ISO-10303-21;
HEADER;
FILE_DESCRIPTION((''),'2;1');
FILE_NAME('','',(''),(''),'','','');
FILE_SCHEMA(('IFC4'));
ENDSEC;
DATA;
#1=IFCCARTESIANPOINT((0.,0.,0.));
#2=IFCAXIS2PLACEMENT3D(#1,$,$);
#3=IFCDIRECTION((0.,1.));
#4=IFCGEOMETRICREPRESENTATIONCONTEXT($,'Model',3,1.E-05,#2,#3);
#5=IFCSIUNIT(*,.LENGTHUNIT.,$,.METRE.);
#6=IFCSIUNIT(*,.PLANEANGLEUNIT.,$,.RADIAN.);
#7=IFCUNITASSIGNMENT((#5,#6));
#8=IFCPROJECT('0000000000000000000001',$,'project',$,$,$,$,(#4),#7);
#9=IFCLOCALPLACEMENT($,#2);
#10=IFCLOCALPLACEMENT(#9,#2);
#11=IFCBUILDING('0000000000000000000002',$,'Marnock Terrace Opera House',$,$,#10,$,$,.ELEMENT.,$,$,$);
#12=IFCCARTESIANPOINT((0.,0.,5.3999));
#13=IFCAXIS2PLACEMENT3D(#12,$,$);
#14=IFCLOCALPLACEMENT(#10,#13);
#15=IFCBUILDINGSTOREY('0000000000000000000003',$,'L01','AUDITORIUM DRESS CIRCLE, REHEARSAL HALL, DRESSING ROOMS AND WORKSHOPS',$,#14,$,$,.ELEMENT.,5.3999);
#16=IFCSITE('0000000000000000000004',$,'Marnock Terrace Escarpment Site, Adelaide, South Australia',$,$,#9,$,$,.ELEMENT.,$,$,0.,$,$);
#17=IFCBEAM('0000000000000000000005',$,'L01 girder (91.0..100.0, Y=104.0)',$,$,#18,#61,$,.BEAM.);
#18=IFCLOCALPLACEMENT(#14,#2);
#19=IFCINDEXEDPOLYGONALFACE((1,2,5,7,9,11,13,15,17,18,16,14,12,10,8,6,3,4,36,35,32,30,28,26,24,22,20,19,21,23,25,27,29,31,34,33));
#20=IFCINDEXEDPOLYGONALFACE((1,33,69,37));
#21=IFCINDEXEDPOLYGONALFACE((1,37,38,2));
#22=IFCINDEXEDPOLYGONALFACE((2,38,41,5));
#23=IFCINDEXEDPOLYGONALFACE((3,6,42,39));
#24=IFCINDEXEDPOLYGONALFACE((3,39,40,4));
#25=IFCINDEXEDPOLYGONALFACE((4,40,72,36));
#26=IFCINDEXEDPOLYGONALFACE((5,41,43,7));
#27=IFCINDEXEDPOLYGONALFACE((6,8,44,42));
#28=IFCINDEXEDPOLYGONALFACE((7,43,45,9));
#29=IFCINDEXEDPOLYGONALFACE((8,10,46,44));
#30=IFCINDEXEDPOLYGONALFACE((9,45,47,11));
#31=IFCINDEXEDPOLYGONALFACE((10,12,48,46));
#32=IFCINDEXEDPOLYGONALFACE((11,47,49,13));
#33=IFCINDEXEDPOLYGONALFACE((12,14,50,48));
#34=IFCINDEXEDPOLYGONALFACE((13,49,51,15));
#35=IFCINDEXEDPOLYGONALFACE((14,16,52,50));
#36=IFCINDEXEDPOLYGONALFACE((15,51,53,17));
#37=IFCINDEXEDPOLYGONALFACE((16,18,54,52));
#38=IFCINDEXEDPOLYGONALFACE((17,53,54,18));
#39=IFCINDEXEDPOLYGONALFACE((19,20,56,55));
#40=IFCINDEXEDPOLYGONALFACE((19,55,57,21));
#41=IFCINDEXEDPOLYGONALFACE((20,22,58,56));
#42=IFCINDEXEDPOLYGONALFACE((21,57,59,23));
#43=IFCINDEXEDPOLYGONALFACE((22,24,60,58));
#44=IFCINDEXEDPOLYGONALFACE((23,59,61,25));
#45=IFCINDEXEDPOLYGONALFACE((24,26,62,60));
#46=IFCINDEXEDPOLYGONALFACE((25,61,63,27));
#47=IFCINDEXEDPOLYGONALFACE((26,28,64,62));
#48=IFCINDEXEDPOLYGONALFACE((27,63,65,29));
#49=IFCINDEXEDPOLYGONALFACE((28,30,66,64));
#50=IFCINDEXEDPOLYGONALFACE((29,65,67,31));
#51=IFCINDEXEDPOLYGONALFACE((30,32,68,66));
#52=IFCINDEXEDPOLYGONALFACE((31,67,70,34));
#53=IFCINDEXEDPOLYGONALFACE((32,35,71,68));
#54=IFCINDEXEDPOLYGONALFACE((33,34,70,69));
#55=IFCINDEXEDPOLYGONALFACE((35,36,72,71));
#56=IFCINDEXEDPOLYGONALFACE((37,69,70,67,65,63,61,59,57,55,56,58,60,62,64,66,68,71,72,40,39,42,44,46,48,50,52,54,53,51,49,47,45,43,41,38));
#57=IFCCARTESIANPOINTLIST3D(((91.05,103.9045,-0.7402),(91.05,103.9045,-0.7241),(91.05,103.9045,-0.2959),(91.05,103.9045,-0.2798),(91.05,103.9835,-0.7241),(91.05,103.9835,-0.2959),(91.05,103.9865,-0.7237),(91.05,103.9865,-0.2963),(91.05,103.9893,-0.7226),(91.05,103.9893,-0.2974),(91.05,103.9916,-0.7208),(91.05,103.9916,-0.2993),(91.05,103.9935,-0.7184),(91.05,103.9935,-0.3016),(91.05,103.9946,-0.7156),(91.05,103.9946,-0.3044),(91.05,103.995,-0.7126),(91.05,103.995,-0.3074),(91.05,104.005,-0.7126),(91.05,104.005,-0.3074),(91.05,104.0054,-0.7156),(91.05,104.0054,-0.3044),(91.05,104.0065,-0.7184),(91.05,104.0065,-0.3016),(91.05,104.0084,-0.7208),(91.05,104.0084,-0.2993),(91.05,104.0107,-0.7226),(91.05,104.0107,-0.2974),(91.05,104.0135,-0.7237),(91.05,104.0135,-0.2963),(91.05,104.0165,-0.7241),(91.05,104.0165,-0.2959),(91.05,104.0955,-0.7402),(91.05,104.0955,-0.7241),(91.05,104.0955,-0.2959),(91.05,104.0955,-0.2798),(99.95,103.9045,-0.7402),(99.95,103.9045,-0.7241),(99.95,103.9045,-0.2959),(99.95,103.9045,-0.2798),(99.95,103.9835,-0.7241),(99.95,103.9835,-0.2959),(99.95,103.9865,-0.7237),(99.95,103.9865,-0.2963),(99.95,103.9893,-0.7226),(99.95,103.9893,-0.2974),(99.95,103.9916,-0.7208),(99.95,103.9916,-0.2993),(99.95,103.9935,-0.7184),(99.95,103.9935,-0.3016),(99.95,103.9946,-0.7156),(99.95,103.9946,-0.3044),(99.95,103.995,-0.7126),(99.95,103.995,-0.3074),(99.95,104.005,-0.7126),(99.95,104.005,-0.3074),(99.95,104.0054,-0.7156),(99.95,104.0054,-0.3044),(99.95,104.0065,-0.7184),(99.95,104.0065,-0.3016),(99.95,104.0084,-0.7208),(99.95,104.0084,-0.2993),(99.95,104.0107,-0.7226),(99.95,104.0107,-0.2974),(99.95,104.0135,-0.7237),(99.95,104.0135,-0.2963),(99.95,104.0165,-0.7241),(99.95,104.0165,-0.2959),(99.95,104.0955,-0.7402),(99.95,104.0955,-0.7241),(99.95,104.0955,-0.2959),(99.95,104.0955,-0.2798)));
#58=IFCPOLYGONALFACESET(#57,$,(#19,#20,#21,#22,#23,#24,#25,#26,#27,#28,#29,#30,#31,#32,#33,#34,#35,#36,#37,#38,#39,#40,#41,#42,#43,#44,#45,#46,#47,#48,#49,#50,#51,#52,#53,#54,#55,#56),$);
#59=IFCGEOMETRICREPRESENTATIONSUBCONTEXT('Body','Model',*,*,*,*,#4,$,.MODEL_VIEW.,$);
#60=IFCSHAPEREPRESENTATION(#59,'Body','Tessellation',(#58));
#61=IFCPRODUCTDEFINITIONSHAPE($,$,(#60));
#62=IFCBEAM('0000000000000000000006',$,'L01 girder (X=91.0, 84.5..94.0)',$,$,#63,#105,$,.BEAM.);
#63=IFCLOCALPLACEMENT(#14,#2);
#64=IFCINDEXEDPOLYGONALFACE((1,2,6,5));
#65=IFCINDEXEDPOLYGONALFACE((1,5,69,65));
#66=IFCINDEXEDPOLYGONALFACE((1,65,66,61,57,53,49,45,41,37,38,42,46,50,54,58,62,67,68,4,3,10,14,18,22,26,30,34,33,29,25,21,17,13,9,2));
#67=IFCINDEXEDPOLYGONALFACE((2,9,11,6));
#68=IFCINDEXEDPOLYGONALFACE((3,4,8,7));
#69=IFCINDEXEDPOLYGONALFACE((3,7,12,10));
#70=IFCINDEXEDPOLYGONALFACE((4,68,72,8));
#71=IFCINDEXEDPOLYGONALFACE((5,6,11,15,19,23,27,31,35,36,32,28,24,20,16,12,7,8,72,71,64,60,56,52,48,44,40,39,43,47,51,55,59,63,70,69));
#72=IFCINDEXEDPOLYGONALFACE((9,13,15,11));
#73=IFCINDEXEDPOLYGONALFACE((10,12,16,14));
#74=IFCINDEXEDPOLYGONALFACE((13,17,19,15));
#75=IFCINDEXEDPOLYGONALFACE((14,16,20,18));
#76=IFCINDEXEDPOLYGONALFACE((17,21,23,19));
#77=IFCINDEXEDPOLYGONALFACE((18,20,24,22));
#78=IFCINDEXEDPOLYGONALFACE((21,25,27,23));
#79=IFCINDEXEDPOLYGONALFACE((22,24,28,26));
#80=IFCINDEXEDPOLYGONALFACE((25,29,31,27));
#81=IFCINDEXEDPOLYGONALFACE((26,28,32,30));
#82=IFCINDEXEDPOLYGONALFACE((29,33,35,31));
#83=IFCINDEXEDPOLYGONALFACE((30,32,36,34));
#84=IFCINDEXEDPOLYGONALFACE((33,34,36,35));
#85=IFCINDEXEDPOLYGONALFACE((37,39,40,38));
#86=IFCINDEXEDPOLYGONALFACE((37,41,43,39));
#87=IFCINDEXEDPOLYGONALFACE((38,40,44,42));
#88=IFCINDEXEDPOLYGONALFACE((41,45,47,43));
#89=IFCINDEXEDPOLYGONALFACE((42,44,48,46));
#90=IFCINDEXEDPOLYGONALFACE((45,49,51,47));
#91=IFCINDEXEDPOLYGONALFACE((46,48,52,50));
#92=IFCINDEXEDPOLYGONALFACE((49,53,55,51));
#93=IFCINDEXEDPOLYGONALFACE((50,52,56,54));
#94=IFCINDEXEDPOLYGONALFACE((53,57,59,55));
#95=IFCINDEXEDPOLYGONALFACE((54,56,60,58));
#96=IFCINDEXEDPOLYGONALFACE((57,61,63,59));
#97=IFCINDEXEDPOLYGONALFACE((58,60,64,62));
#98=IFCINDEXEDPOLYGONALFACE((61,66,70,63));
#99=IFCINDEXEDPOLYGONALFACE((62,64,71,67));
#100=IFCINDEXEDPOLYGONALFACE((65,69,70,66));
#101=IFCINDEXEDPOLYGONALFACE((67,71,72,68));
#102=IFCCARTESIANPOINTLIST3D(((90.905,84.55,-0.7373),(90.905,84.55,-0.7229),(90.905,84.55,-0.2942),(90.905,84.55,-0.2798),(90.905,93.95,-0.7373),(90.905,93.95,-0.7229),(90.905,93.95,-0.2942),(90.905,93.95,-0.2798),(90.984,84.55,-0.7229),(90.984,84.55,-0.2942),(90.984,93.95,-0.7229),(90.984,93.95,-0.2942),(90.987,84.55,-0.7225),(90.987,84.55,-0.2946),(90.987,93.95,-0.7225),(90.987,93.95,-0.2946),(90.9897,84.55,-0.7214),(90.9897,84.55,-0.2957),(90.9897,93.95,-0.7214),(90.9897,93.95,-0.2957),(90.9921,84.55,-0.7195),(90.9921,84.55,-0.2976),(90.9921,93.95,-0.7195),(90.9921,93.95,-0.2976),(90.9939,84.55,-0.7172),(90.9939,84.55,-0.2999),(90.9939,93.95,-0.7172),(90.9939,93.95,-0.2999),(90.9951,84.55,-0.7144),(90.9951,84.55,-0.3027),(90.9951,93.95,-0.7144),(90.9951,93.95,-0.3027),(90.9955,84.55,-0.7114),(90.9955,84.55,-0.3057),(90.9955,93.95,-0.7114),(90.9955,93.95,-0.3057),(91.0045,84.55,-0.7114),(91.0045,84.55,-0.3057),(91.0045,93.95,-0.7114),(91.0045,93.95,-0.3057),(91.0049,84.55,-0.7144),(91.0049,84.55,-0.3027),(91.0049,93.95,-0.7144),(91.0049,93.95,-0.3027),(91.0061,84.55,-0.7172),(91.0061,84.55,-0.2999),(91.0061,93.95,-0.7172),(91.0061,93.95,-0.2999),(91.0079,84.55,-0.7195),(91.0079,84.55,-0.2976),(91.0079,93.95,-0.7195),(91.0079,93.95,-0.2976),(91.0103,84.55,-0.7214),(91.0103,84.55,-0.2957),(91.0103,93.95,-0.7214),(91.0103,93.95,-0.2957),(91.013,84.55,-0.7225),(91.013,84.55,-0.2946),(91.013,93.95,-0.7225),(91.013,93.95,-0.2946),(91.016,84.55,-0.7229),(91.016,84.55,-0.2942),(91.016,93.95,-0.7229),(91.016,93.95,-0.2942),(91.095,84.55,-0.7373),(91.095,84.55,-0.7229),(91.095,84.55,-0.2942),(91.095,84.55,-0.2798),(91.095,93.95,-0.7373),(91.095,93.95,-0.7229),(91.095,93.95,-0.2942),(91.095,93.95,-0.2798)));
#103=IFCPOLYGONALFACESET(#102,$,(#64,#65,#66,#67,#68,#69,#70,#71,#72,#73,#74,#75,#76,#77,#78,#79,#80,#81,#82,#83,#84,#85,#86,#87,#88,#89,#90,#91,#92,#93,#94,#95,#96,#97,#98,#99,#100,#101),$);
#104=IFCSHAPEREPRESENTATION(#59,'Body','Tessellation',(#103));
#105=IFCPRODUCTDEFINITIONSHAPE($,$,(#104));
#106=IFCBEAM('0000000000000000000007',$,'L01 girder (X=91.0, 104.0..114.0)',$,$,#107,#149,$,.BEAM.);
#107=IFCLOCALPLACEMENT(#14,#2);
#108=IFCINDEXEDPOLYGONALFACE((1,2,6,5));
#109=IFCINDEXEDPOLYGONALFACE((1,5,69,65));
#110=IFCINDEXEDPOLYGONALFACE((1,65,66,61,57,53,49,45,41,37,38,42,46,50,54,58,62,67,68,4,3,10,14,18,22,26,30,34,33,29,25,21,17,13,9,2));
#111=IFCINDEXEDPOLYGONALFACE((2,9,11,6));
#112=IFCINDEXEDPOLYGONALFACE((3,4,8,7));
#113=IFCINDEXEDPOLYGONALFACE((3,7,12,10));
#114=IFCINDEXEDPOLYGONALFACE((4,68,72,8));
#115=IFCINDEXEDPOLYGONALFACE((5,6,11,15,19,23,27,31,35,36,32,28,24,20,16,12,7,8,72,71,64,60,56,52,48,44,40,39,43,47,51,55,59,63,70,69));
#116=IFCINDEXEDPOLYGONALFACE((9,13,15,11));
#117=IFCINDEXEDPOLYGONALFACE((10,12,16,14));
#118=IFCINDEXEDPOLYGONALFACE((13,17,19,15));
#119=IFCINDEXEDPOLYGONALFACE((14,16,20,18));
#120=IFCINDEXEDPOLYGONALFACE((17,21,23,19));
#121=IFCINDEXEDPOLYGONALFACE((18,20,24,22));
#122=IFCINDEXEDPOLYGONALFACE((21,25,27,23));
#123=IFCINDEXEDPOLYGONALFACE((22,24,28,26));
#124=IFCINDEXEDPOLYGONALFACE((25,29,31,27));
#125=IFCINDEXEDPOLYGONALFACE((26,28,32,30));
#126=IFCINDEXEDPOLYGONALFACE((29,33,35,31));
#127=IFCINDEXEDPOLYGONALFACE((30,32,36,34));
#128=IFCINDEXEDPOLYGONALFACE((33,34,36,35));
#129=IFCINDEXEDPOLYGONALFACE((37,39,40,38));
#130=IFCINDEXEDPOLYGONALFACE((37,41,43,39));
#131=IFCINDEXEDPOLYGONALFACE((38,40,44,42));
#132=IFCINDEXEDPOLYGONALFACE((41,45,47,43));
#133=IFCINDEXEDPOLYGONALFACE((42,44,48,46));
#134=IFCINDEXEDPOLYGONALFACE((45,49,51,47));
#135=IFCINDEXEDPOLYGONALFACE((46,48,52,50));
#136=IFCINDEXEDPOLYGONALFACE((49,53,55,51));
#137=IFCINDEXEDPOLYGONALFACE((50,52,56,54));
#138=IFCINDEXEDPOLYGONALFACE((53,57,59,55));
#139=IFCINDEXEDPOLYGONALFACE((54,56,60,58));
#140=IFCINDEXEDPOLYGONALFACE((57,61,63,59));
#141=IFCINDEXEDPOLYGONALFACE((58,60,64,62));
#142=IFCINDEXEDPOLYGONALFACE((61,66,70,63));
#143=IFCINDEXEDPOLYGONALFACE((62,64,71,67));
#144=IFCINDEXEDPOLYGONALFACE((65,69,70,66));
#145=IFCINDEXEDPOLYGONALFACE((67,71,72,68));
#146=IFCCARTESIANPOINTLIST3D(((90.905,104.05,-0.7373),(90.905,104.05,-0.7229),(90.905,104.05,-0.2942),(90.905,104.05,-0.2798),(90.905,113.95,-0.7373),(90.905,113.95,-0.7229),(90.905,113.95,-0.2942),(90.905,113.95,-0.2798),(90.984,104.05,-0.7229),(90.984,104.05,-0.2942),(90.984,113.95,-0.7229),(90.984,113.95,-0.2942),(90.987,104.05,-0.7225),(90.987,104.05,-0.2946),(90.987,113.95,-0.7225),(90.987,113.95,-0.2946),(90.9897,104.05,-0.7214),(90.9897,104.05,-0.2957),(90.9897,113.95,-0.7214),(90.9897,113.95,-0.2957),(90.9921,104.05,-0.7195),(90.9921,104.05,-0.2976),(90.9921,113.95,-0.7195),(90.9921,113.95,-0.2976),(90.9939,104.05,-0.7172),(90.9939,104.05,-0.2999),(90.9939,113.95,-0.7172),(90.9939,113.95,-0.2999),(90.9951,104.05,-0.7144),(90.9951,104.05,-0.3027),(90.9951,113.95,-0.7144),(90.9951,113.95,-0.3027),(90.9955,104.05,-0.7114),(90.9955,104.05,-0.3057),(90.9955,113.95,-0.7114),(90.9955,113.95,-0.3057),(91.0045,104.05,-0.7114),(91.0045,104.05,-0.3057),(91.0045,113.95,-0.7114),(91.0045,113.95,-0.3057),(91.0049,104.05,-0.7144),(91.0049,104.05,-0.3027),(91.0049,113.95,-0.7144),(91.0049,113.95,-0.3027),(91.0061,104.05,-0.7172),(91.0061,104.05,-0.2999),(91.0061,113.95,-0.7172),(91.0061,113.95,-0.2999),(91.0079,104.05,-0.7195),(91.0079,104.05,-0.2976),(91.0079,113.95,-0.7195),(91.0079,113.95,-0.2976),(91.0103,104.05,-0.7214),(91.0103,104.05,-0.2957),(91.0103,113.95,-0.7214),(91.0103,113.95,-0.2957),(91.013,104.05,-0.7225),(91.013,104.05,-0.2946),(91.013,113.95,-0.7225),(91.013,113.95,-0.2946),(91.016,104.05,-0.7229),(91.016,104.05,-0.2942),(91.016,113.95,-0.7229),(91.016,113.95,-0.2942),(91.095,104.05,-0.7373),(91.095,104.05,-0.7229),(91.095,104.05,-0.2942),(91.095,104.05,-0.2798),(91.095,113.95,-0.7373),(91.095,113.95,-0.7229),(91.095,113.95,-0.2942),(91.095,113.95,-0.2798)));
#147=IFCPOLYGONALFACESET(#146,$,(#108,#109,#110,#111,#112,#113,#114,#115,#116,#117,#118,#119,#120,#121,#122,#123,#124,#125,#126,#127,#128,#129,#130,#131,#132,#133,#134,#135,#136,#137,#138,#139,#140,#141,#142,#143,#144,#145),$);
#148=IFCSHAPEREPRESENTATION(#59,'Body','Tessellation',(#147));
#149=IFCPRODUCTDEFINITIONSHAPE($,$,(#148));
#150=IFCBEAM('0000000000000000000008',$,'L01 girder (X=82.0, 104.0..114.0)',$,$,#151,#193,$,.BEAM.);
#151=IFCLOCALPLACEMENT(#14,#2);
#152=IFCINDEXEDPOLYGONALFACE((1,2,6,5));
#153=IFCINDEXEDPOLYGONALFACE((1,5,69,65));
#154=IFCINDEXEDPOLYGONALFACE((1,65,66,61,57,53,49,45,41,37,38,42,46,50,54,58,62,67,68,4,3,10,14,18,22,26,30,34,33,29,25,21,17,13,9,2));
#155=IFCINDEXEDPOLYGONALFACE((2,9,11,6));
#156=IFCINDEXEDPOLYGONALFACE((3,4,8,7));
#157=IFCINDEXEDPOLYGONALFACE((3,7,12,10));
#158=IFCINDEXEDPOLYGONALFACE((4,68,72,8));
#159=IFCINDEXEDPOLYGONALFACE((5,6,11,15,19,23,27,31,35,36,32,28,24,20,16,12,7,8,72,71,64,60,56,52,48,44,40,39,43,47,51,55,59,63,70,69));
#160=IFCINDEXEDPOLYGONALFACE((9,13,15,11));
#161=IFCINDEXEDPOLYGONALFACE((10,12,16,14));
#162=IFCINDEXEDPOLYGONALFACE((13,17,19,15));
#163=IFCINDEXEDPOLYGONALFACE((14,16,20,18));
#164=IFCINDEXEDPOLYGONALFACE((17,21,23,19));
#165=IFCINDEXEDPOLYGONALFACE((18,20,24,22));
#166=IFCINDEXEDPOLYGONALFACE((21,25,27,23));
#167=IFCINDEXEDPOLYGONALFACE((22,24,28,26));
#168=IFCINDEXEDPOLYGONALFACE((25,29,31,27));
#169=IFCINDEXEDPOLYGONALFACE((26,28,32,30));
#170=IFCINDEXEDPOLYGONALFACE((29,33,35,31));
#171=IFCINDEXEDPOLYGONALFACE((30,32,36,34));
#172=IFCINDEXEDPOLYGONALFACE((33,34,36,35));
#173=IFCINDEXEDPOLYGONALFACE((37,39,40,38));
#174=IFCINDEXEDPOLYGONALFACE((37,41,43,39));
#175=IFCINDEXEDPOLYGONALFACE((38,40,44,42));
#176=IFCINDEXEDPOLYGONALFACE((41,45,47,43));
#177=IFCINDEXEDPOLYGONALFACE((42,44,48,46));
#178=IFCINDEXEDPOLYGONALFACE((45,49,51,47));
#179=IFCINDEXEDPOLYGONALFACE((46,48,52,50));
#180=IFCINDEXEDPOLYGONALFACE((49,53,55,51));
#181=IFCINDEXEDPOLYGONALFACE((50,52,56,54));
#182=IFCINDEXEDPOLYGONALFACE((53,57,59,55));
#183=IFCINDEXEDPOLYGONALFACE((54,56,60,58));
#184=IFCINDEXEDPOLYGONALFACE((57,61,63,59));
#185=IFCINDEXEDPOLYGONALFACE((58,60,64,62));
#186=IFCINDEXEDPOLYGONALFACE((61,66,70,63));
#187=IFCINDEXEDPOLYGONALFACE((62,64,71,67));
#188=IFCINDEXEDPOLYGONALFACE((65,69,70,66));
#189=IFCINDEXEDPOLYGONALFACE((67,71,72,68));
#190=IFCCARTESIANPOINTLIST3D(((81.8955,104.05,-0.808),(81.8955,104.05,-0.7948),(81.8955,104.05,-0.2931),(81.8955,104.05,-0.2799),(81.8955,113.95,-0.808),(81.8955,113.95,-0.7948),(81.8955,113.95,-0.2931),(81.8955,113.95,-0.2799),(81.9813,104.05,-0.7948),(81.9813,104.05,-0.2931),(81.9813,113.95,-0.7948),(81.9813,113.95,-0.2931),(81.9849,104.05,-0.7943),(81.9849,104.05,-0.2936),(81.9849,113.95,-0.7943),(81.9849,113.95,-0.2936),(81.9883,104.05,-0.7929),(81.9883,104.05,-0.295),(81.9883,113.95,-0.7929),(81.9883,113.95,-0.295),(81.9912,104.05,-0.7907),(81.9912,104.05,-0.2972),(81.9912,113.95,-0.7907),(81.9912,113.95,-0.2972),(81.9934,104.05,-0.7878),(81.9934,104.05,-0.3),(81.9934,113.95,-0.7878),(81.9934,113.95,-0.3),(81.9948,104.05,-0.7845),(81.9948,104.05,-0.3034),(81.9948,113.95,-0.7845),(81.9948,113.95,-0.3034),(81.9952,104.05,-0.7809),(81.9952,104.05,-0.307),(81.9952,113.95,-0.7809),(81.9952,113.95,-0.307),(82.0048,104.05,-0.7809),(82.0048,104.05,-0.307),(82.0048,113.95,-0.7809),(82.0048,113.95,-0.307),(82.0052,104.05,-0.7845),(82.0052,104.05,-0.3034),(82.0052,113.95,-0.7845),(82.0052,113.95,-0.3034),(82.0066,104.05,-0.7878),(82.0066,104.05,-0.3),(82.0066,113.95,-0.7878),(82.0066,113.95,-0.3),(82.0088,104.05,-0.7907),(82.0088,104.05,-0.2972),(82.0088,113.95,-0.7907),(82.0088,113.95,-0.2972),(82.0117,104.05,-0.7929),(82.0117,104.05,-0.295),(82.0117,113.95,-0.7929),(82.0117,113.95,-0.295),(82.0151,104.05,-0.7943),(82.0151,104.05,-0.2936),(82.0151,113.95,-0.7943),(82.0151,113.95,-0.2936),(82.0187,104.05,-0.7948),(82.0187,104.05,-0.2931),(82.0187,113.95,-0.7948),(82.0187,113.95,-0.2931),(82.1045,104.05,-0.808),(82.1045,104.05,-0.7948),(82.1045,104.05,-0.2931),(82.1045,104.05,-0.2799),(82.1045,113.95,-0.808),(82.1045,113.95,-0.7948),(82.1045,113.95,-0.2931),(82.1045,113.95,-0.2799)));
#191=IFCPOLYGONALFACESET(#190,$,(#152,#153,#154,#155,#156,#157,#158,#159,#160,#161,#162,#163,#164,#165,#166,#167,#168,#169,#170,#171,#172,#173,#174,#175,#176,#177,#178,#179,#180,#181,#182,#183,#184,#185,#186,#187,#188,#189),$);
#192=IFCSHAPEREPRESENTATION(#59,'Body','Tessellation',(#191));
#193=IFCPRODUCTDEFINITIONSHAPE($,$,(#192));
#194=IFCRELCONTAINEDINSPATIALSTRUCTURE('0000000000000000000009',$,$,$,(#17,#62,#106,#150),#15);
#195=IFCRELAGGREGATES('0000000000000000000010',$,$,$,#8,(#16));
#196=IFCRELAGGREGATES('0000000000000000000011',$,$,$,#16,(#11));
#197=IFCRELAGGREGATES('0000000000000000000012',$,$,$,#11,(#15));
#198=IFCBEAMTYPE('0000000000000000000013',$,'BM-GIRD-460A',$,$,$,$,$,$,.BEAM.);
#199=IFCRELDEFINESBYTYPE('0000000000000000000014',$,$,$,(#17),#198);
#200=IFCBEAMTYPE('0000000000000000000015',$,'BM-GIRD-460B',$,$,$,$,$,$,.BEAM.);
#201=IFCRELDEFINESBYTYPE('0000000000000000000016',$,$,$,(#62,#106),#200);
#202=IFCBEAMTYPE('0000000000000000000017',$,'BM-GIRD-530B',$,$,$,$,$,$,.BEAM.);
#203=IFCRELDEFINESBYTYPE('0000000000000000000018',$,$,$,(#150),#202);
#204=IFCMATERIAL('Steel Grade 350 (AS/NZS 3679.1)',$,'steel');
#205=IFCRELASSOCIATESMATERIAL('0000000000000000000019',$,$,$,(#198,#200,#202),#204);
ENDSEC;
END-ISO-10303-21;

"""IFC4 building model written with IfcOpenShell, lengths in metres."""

from ifc_helpers import new_model, si_unit, direction, frame, origin, origin_2d, place, context, subcontext, project, spatial, i_section, extrude, material, material_profile, profile_set, type_object, element, save


model = new_model("IFC4")

# Units and contexts
model_context = context("Model", 3, precision=1e-05, world=origin(), true_north=direction((0.0, 1.0)))
body_context = subcontext(model_context, "Body", "Model", "MODEL_VIEW")
ifc_project = project(units=[si_unit("LENGTHUNIT", "METRE"), si_unit("PLANEANGLEUNIT", "RADIAN")], contexts=[model_context])

# Site, building, storey
site_placement = place(None, origin())
site = spatial("IfcSite", under=ifc_project, at=site_placement, Name="Marnock Terrace Escarpment Site, Adelaide, South Australia", CompositionType="ELEMENT", RefElevation=0.0)
building_placement = place(site_placement, origin())
building = spatial("IfcBuilding", under=site, at=building_placement, Name="Marnock Terrace Opera House", CompositionType="ELEMENT")
storey_placement = place(building_placement, frame((0.0, 0.0, 5.3999)))
storey = spatial("IfcBuildingStorey", under=building, at=storey_placement, Name="L01", Description="AUDITORIUM DRESS CIRCLE, REHEARSAL HALL, DRESSING ROOMS AND WORKSHOPS", CompositionType="ELEMENT", Elevation=5.3999)

# Beams
ifc_material_1 = material(Name="Steel Grade 350 (AS/NZS 3679.1)", Category="steel")
ifc_material_profile_1 = material_profile(ifc_material_1, i_section(OverallWidth=0.1909, OverallDepth=0.4604, WebThickness=0.01, FlangeThickness=0.0161, FilletRadius=0.0115, at=origin_2d()))
ifc_profile_set_1 = profile_set([ifc_material_profile_1], Name="Steel Grade 350 (AS/NZS 3679.1)")
beam_type_1 = type_object("IfcBeamType", Name="BM-GIRD-460A", PredefinedType="BEAM", material=ifc_profile_set_1)
beam_1_placement = place(storey_placement, frame((91.05, 104.0, -0.51), z_axis=(1.0, 0.0, 0.0), x_axis=(0.0, 1.0, 0.0)))
element("IfcBeam", 1, at=beam_1_placement, inside=storey, type_object=beam_type_1, Name="L01 girder (91.0..100.0, Y=104.0)", PredefinedType="BEAM", context=body_context, shape_type="SweptSolid", body=[
    extrude(i_section(OverallWidth=0.1909, OverallDepth=0.4604, WebThickness=0.01, FlangeThickness=0.0161, FilletRadius=0.0115, at=origin_2d()), origin(), (0.0, 0.0, 1.0), 8.8999),
])
ifc_material_profile_2 = material_profile(ifc_material_1, i_section(OverallWidth=0.1899, OverallDepth=0.4575, WebThickness=0.009, FlangeThickness=0.0144, FilletRadius=0.0115, at=origin_2d()))
ifc_profile_set_2 = profile_set([ifc_material_profile_2], Name="Steel Grade 350 (AS/NZS 3679.1)")
beam_type_2 = type_object("IfcBeamType", Name="BM-GIRD-460B", PredefinedType="BEAM", material=ifc_profile_set_2)
beam_2_placement = place(storey_placement, frame((91.0, 84.55, -0.5085), z_axis=(0.0, 1.0, 0.0), x_axis=(-1.0, 0.0, 0.0)))
element("IfcBeam", 2, at=beam_2_placement, inside=storey, type_object=beam_type_2, Name="L01 girder (X=91.0, 84.5..94.0)", PredefinedType="BEAM", context=body_context, shape_type="SweptSolid", body=[
    extrude(i_section(OverallWidth=0.1899, OverallDepth=0.4575, WebThickness=0.009, FlangeThickness=0.0144, FilletRadius=0.0115, at=origin_2d()), origin(), (0.0, 0.0, 1.0), 9.3999),
])
beam_3_placement = place(storey_placement, frame((91.0, 104.05, -0.5085), z_axis=(0.0, 1.0, 0.0), x_axis=(-1.0, 0.0, 0.0)))
element("IfcBeam", 3, at=beam_3_placement, inside=storey, type_object=beam_type_2, Name="L01 girder (X=91.0, 104.0..114.0)", PredefinedType="BEAM", context=body_context, shape_type="SweptSolid", body=[
    extrude(i_section(OverallWidth=0.1899, OverallDepth=0.4575, WebThickness=0.009, FlangeThickness=0.0144, FilletRadius=0.0115, at=origin_2d()), origin(), (0.0, 0.0, 1.0), 9.8999),
])
ifc_material_profile_3 = material_profile(ifc_material_1, i_section(OverallWidth=0.209, OverallDepth=0.5281, WebThickness=0.0095, FlangeThickness=0.0132, FilletRadius=0.0139, at=origin_2d()))
ifc_profile_set_3 = profile_set([ifc_material_profile_3], Name="Steel Grade 350 (AS/NZS 3679.1)")
beam_type_3 = type_object("IfcBeamType", Name="BM-GIRD-530B", PredefinedType="BEAM", material=ifc_profile_set_3)
beam_4_placement = place(storey_placement, frame((82.0, 104.05, -0.5439), z_axis=(0.0, 1.0, 0.0), x_axis=(-1.0, 0.0, 0.0)))
element("IfcBeam", 4, at=beam_4_placement, inside=storey, type_object=beam_type_3, Name="L01 girder (X=82.0, 104.0..114.0)", PredefinedType="BEAM", context=body_context, shape_type="SweptSolid", body=[
    extrude(i_section(OverallWidth=0.209, OverallDepth=0.5281, WebThickness=0.0095, FlangeThickness=0.0132, FilletRadius=0.0139, at=origin_2d()), origin(), (0.0, 0.0, 1.0), 9.8999),
])

save(model, "model.ifc")
